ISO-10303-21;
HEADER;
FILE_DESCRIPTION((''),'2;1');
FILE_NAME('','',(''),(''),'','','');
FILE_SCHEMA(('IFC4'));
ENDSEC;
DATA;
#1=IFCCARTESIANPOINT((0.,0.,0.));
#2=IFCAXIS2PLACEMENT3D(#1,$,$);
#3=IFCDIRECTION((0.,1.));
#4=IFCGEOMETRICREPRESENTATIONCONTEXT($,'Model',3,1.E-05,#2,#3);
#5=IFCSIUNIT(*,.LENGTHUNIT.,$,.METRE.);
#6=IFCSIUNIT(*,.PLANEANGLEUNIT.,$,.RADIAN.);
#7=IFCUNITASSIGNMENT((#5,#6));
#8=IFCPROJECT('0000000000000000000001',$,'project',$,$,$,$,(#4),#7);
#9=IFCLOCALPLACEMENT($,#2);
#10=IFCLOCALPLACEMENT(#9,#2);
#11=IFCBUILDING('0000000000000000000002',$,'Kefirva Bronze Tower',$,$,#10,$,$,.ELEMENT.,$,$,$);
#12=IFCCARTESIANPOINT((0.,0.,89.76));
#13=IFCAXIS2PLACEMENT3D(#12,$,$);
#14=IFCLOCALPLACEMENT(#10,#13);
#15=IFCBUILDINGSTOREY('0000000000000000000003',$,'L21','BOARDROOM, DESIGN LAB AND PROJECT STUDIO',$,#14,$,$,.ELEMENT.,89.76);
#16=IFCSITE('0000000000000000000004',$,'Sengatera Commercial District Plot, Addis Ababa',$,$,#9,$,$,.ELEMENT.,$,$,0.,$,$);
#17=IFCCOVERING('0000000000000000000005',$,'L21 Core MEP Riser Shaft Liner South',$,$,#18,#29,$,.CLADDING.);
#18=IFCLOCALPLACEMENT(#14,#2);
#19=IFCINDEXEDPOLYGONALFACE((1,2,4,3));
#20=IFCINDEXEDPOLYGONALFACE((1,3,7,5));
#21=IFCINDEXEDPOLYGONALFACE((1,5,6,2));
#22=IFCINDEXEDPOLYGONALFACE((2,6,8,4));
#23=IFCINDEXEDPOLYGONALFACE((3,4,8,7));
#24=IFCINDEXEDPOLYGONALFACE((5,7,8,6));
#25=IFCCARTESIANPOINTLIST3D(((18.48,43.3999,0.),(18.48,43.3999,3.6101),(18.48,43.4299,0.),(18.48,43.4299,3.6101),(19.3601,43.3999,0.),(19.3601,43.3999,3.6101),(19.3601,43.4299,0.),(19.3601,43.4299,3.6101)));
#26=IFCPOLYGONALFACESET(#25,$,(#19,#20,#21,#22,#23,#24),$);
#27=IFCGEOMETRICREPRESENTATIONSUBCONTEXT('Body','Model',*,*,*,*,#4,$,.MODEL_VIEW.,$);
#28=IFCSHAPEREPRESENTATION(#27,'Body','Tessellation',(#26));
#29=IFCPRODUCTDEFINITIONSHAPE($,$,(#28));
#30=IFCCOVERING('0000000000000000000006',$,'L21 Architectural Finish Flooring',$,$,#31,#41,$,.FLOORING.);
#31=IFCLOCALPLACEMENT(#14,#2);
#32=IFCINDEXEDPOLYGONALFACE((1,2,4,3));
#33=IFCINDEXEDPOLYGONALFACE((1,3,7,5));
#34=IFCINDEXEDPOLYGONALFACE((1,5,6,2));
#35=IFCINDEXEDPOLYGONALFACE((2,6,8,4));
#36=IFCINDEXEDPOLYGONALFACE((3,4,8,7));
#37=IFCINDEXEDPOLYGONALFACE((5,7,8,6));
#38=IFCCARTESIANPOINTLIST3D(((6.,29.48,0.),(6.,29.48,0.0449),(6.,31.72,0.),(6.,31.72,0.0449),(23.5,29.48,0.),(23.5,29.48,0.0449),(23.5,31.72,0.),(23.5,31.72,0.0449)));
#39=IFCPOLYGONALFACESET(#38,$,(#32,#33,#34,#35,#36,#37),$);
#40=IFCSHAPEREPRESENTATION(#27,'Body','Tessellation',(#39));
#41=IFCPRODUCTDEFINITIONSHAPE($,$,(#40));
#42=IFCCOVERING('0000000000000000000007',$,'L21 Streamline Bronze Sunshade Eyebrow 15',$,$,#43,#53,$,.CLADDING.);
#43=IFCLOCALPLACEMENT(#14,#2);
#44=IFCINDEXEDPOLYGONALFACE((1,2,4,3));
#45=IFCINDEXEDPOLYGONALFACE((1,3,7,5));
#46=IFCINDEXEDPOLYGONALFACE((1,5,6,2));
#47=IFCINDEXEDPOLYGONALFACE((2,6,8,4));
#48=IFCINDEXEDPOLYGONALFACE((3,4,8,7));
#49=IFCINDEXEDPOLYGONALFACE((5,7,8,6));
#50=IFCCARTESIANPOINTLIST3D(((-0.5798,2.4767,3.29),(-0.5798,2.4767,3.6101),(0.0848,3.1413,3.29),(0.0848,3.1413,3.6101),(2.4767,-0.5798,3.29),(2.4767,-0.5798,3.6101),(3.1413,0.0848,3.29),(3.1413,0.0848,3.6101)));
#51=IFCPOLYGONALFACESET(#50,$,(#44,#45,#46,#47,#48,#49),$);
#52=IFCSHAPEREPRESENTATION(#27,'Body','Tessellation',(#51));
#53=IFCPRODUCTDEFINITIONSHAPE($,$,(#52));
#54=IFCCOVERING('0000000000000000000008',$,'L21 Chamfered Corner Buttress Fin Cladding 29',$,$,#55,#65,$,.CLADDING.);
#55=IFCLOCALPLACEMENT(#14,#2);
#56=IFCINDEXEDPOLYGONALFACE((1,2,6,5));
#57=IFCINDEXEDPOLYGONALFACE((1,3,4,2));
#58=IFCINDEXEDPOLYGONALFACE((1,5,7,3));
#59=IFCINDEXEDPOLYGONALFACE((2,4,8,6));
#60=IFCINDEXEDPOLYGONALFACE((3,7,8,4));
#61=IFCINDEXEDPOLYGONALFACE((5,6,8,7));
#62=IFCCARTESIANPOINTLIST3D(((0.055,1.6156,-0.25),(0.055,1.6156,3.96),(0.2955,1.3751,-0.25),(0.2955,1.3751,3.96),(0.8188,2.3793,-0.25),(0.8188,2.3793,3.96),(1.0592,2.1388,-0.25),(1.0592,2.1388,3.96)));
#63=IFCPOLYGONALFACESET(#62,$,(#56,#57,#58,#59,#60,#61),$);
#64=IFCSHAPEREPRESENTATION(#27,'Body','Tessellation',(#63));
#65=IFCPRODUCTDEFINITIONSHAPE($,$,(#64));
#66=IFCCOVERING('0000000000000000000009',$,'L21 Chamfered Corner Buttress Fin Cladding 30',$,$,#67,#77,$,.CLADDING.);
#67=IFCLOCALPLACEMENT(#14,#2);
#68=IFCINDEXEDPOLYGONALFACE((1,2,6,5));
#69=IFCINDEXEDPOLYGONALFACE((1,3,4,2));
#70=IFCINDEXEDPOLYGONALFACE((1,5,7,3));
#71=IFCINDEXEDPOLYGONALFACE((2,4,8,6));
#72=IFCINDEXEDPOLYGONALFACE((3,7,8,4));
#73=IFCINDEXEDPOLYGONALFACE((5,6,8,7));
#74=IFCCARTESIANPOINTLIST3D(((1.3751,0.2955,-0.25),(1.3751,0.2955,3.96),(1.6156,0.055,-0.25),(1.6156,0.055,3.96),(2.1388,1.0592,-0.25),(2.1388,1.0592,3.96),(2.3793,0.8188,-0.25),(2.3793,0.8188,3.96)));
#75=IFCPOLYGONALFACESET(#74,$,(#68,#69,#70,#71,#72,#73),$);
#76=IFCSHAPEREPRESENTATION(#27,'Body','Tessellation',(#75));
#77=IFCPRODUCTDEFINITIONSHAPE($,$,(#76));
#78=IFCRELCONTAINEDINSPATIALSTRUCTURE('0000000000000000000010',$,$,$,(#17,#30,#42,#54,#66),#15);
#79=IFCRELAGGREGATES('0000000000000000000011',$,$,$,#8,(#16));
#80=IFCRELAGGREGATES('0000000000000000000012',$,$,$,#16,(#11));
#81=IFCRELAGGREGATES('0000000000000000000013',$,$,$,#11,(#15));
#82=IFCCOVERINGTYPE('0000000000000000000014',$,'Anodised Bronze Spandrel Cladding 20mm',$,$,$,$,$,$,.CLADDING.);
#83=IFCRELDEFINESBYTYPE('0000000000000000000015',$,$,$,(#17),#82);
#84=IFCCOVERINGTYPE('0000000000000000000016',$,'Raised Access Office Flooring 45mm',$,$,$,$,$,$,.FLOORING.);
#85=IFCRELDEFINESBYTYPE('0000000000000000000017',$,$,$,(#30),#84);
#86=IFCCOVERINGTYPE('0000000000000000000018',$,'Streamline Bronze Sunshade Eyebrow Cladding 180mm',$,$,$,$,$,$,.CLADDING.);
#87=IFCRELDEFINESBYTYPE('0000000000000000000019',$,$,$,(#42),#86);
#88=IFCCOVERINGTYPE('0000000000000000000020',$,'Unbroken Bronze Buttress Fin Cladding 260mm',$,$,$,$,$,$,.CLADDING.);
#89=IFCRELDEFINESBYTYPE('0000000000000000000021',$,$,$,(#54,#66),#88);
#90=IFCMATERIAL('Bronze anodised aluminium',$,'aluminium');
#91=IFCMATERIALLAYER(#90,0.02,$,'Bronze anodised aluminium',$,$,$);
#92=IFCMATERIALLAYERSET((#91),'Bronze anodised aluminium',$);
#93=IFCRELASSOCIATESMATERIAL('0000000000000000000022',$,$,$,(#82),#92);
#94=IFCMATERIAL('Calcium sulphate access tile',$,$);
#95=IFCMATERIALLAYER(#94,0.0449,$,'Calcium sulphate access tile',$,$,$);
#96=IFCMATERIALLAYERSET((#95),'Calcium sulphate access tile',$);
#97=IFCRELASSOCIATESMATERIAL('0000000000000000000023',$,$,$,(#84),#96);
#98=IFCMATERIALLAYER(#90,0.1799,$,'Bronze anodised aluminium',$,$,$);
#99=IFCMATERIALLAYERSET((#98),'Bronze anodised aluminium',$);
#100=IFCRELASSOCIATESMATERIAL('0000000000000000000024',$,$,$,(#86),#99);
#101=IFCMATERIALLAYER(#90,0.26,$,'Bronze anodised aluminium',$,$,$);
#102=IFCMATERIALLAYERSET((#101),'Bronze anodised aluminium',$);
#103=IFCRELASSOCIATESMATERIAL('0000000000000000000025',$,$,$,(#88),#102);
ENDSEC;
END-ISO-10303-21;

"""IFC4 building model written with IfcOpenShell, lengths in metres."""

from ifc_helpers import new_model, si_unit, direction, frame, origin, origin_2d, place, context, subcontext, project, spatial, polyline, rectangle, outline, extrude, material, layer, layer_set, type_object, element, save


model = new_model("IFC4")

# Units and contexts
model_context = context("Model", 3, precision=1e-05, world=origin(), true_north=direction((0.0, 1.0)))
body_context = subcontext(model_context, "Body", "Model", "MODEL_VIEW")
ifc_project = project(units=[si_unit("LENGTHUNIT", "METRE"), si_unit("PLANEANGLEUNIT", "RADIAN")], contexts=[model_context])

# Site, building, storey
site_placement = place(None, origin())
site = spatial("IfcSite", under=ifc_project, at=site_placement, Name="Sengatera Commercial District Plot, Addis Ababa", CompositionType="ELEMENT", RefElevation=0.0)
building_placement = place(site_placement, origin())
building = spatial("IfcBuilding", under=site, at=building_placement, Name="Kefirva Bronze Tower", CompositionType="ELEMENT")
storey_placement = place(building_placement, frame((0.0, 0.0, 89.76)))
storey = spatial("IfcBuildingStorey", under=building, at=storey_placement, Name="L21", Description="BOARDROOM, DESIGN LAB AND PROJECT STUDIO", CompositionType="ELEMENT", Elevation=89.76)

# Shared definitions
ifc_material_1 = material(Name="Bronze anodised aluminium", Category="aluminium")

# Coverings
ifc_layer_1 = layer(ifc_material_1, 0.02, Name="Bronze anodised aluminium")
ifc_layer_set_1 = layer_set([ifc_layer_1], Name="Bronze anodised aluminium")
covering_type_1 = type_object("IfcCoveringType", Name="Anodised Bronze Spandrel Cladding 20mm", PredefinedType="CLADDING", material=ifc_layer_set_1)
covering_1_placement = place(storey_placement, origin())
element("IfcCovering", 1, at=covering_1_placement, inside=storey, type_object=covering_type_1, Name="L21 Core MEP Riser Shaft Liner South", PredefinedType="CLADDING", context=body_context, shape_type="SweptSolid", body=[
    extrude(outline(polyline([(18.48, 43.3999), (19.3601, 43.3999), (19.3601, 43.4299), (18.48, 43.4299), (18.48, 43.3999)])), origin(), (0.0, 0.0, 1.0), 3.6101),
])
ifc_material_2 = material(Name="Calcium sulphate access tile")
ifc_layer_2 = layer(ifc_material_2, 0.0449, Name="Calcium sulphate access tile")
ifc_layer_set_2 = layer_set([ifc_layer_2], Name="Calcium sulphate access tile")
covering_type_2 = type_object("IfcCoveringType", Name="Raised Access Office Flooring 45mm", PredefinedType="FLOORING", material=ifc_layer_set_2)
covering_2_placement = place(storey_placement, origin())
element("IfcCovering", 2, at=covering_2_placement, inside=storey, type_object=covering_type_2, Name="L21 Architectural Finish Flooring", PredefinedType="FLOORING", context=body_context, shape_type="SweptSolid", body=[
    extrude(outline(polyline([(6.0, 29.48), (23.5, 29.48), (23.5, 31.72), (6.0, 31.72), (6.0, 29.48)])), origin(), (0.0, 0.0, 1.0), 0.0449),
])
ifc_layer_3 = layer(ifc_material_1, 0.1799, Name="Bronze anodised aluminium")
ifc_layer_set_3 = layer_set([ifc_layer_3], Name="Bronze anodised aluminium")
covering_type_3 = type_object("IfcCoveringType", Name="Streamline Bronze Sunshade Eyebrow Cladding 180mm", PredefinedType="CLADDING", material=ifc_layer_set_3)
covering_3_placement = place(storey_placement, frame((1.2808, 1.2808, 3.29), z_axis=(0.0, 0.0, 1.0), x_axis=(0.707107, -0.707107, 0.0)))
element("IfcCovering", 3, at=covering_3_placement, inside=storey, type_object=covering_type_3, Name="L21 Streamline Bronze Sunshade Eyebrow 15", PredefinedType="CLADDING", context=body_context, shape_type="SweptSolid", body=[
    extrude(rectangle(XDim=4.3225, YDim=0.9399, at=origin_2d()), origin(), (0.0, 0.0, 1.0), 0.3201),
])
ifc_layer_4 = layer(ifc_material_1, 0.26, Name="Bronze anodised aluminium")
ifc_layer_set_4 = layer_set([ifc_layer_4], Name="Bronze anodised aluminium")
covering_type_4 = type_object("IfcCoveringType", Name="Unbroken Bronze Buttress Fin Cladding 260mm", PredefinedType="CLADDING", material=ifc_layer_set_4)
for number, where, z_axis, x_axis, name in (
    (4, (0.5571, 1.8772, -0.25), (0.0, 0.0, 1.0), (0.707107, -0.707107, 0.0), "L21 Chamfered Corner Buttress Fin Cladding 29"),
    (5, (1.8772, 0.5571, -0.25), (0.0, 0.0, 1.0), (0.707107, -0.707107, 0.0), "L21 Chamfered Corner Buttress Fin Cladding 30"),
):
    element("IfcCovering", number, at=place(storey_placement, frame(where, z_axis=z_axis, x_axis=x_axis)), inside=storey, type_object=covering_type_4, Name=name, PredefinedType="CLADDING", context=body_context, shape_type="SweptSolid", body=[
        extrude(rectangle(XDim=0.3401, YDim=1.0801, at=origin_2d()), origin(), (0.0, 0.0, 1.0), 4.21),
    ])

save(model, "model.ifc")
